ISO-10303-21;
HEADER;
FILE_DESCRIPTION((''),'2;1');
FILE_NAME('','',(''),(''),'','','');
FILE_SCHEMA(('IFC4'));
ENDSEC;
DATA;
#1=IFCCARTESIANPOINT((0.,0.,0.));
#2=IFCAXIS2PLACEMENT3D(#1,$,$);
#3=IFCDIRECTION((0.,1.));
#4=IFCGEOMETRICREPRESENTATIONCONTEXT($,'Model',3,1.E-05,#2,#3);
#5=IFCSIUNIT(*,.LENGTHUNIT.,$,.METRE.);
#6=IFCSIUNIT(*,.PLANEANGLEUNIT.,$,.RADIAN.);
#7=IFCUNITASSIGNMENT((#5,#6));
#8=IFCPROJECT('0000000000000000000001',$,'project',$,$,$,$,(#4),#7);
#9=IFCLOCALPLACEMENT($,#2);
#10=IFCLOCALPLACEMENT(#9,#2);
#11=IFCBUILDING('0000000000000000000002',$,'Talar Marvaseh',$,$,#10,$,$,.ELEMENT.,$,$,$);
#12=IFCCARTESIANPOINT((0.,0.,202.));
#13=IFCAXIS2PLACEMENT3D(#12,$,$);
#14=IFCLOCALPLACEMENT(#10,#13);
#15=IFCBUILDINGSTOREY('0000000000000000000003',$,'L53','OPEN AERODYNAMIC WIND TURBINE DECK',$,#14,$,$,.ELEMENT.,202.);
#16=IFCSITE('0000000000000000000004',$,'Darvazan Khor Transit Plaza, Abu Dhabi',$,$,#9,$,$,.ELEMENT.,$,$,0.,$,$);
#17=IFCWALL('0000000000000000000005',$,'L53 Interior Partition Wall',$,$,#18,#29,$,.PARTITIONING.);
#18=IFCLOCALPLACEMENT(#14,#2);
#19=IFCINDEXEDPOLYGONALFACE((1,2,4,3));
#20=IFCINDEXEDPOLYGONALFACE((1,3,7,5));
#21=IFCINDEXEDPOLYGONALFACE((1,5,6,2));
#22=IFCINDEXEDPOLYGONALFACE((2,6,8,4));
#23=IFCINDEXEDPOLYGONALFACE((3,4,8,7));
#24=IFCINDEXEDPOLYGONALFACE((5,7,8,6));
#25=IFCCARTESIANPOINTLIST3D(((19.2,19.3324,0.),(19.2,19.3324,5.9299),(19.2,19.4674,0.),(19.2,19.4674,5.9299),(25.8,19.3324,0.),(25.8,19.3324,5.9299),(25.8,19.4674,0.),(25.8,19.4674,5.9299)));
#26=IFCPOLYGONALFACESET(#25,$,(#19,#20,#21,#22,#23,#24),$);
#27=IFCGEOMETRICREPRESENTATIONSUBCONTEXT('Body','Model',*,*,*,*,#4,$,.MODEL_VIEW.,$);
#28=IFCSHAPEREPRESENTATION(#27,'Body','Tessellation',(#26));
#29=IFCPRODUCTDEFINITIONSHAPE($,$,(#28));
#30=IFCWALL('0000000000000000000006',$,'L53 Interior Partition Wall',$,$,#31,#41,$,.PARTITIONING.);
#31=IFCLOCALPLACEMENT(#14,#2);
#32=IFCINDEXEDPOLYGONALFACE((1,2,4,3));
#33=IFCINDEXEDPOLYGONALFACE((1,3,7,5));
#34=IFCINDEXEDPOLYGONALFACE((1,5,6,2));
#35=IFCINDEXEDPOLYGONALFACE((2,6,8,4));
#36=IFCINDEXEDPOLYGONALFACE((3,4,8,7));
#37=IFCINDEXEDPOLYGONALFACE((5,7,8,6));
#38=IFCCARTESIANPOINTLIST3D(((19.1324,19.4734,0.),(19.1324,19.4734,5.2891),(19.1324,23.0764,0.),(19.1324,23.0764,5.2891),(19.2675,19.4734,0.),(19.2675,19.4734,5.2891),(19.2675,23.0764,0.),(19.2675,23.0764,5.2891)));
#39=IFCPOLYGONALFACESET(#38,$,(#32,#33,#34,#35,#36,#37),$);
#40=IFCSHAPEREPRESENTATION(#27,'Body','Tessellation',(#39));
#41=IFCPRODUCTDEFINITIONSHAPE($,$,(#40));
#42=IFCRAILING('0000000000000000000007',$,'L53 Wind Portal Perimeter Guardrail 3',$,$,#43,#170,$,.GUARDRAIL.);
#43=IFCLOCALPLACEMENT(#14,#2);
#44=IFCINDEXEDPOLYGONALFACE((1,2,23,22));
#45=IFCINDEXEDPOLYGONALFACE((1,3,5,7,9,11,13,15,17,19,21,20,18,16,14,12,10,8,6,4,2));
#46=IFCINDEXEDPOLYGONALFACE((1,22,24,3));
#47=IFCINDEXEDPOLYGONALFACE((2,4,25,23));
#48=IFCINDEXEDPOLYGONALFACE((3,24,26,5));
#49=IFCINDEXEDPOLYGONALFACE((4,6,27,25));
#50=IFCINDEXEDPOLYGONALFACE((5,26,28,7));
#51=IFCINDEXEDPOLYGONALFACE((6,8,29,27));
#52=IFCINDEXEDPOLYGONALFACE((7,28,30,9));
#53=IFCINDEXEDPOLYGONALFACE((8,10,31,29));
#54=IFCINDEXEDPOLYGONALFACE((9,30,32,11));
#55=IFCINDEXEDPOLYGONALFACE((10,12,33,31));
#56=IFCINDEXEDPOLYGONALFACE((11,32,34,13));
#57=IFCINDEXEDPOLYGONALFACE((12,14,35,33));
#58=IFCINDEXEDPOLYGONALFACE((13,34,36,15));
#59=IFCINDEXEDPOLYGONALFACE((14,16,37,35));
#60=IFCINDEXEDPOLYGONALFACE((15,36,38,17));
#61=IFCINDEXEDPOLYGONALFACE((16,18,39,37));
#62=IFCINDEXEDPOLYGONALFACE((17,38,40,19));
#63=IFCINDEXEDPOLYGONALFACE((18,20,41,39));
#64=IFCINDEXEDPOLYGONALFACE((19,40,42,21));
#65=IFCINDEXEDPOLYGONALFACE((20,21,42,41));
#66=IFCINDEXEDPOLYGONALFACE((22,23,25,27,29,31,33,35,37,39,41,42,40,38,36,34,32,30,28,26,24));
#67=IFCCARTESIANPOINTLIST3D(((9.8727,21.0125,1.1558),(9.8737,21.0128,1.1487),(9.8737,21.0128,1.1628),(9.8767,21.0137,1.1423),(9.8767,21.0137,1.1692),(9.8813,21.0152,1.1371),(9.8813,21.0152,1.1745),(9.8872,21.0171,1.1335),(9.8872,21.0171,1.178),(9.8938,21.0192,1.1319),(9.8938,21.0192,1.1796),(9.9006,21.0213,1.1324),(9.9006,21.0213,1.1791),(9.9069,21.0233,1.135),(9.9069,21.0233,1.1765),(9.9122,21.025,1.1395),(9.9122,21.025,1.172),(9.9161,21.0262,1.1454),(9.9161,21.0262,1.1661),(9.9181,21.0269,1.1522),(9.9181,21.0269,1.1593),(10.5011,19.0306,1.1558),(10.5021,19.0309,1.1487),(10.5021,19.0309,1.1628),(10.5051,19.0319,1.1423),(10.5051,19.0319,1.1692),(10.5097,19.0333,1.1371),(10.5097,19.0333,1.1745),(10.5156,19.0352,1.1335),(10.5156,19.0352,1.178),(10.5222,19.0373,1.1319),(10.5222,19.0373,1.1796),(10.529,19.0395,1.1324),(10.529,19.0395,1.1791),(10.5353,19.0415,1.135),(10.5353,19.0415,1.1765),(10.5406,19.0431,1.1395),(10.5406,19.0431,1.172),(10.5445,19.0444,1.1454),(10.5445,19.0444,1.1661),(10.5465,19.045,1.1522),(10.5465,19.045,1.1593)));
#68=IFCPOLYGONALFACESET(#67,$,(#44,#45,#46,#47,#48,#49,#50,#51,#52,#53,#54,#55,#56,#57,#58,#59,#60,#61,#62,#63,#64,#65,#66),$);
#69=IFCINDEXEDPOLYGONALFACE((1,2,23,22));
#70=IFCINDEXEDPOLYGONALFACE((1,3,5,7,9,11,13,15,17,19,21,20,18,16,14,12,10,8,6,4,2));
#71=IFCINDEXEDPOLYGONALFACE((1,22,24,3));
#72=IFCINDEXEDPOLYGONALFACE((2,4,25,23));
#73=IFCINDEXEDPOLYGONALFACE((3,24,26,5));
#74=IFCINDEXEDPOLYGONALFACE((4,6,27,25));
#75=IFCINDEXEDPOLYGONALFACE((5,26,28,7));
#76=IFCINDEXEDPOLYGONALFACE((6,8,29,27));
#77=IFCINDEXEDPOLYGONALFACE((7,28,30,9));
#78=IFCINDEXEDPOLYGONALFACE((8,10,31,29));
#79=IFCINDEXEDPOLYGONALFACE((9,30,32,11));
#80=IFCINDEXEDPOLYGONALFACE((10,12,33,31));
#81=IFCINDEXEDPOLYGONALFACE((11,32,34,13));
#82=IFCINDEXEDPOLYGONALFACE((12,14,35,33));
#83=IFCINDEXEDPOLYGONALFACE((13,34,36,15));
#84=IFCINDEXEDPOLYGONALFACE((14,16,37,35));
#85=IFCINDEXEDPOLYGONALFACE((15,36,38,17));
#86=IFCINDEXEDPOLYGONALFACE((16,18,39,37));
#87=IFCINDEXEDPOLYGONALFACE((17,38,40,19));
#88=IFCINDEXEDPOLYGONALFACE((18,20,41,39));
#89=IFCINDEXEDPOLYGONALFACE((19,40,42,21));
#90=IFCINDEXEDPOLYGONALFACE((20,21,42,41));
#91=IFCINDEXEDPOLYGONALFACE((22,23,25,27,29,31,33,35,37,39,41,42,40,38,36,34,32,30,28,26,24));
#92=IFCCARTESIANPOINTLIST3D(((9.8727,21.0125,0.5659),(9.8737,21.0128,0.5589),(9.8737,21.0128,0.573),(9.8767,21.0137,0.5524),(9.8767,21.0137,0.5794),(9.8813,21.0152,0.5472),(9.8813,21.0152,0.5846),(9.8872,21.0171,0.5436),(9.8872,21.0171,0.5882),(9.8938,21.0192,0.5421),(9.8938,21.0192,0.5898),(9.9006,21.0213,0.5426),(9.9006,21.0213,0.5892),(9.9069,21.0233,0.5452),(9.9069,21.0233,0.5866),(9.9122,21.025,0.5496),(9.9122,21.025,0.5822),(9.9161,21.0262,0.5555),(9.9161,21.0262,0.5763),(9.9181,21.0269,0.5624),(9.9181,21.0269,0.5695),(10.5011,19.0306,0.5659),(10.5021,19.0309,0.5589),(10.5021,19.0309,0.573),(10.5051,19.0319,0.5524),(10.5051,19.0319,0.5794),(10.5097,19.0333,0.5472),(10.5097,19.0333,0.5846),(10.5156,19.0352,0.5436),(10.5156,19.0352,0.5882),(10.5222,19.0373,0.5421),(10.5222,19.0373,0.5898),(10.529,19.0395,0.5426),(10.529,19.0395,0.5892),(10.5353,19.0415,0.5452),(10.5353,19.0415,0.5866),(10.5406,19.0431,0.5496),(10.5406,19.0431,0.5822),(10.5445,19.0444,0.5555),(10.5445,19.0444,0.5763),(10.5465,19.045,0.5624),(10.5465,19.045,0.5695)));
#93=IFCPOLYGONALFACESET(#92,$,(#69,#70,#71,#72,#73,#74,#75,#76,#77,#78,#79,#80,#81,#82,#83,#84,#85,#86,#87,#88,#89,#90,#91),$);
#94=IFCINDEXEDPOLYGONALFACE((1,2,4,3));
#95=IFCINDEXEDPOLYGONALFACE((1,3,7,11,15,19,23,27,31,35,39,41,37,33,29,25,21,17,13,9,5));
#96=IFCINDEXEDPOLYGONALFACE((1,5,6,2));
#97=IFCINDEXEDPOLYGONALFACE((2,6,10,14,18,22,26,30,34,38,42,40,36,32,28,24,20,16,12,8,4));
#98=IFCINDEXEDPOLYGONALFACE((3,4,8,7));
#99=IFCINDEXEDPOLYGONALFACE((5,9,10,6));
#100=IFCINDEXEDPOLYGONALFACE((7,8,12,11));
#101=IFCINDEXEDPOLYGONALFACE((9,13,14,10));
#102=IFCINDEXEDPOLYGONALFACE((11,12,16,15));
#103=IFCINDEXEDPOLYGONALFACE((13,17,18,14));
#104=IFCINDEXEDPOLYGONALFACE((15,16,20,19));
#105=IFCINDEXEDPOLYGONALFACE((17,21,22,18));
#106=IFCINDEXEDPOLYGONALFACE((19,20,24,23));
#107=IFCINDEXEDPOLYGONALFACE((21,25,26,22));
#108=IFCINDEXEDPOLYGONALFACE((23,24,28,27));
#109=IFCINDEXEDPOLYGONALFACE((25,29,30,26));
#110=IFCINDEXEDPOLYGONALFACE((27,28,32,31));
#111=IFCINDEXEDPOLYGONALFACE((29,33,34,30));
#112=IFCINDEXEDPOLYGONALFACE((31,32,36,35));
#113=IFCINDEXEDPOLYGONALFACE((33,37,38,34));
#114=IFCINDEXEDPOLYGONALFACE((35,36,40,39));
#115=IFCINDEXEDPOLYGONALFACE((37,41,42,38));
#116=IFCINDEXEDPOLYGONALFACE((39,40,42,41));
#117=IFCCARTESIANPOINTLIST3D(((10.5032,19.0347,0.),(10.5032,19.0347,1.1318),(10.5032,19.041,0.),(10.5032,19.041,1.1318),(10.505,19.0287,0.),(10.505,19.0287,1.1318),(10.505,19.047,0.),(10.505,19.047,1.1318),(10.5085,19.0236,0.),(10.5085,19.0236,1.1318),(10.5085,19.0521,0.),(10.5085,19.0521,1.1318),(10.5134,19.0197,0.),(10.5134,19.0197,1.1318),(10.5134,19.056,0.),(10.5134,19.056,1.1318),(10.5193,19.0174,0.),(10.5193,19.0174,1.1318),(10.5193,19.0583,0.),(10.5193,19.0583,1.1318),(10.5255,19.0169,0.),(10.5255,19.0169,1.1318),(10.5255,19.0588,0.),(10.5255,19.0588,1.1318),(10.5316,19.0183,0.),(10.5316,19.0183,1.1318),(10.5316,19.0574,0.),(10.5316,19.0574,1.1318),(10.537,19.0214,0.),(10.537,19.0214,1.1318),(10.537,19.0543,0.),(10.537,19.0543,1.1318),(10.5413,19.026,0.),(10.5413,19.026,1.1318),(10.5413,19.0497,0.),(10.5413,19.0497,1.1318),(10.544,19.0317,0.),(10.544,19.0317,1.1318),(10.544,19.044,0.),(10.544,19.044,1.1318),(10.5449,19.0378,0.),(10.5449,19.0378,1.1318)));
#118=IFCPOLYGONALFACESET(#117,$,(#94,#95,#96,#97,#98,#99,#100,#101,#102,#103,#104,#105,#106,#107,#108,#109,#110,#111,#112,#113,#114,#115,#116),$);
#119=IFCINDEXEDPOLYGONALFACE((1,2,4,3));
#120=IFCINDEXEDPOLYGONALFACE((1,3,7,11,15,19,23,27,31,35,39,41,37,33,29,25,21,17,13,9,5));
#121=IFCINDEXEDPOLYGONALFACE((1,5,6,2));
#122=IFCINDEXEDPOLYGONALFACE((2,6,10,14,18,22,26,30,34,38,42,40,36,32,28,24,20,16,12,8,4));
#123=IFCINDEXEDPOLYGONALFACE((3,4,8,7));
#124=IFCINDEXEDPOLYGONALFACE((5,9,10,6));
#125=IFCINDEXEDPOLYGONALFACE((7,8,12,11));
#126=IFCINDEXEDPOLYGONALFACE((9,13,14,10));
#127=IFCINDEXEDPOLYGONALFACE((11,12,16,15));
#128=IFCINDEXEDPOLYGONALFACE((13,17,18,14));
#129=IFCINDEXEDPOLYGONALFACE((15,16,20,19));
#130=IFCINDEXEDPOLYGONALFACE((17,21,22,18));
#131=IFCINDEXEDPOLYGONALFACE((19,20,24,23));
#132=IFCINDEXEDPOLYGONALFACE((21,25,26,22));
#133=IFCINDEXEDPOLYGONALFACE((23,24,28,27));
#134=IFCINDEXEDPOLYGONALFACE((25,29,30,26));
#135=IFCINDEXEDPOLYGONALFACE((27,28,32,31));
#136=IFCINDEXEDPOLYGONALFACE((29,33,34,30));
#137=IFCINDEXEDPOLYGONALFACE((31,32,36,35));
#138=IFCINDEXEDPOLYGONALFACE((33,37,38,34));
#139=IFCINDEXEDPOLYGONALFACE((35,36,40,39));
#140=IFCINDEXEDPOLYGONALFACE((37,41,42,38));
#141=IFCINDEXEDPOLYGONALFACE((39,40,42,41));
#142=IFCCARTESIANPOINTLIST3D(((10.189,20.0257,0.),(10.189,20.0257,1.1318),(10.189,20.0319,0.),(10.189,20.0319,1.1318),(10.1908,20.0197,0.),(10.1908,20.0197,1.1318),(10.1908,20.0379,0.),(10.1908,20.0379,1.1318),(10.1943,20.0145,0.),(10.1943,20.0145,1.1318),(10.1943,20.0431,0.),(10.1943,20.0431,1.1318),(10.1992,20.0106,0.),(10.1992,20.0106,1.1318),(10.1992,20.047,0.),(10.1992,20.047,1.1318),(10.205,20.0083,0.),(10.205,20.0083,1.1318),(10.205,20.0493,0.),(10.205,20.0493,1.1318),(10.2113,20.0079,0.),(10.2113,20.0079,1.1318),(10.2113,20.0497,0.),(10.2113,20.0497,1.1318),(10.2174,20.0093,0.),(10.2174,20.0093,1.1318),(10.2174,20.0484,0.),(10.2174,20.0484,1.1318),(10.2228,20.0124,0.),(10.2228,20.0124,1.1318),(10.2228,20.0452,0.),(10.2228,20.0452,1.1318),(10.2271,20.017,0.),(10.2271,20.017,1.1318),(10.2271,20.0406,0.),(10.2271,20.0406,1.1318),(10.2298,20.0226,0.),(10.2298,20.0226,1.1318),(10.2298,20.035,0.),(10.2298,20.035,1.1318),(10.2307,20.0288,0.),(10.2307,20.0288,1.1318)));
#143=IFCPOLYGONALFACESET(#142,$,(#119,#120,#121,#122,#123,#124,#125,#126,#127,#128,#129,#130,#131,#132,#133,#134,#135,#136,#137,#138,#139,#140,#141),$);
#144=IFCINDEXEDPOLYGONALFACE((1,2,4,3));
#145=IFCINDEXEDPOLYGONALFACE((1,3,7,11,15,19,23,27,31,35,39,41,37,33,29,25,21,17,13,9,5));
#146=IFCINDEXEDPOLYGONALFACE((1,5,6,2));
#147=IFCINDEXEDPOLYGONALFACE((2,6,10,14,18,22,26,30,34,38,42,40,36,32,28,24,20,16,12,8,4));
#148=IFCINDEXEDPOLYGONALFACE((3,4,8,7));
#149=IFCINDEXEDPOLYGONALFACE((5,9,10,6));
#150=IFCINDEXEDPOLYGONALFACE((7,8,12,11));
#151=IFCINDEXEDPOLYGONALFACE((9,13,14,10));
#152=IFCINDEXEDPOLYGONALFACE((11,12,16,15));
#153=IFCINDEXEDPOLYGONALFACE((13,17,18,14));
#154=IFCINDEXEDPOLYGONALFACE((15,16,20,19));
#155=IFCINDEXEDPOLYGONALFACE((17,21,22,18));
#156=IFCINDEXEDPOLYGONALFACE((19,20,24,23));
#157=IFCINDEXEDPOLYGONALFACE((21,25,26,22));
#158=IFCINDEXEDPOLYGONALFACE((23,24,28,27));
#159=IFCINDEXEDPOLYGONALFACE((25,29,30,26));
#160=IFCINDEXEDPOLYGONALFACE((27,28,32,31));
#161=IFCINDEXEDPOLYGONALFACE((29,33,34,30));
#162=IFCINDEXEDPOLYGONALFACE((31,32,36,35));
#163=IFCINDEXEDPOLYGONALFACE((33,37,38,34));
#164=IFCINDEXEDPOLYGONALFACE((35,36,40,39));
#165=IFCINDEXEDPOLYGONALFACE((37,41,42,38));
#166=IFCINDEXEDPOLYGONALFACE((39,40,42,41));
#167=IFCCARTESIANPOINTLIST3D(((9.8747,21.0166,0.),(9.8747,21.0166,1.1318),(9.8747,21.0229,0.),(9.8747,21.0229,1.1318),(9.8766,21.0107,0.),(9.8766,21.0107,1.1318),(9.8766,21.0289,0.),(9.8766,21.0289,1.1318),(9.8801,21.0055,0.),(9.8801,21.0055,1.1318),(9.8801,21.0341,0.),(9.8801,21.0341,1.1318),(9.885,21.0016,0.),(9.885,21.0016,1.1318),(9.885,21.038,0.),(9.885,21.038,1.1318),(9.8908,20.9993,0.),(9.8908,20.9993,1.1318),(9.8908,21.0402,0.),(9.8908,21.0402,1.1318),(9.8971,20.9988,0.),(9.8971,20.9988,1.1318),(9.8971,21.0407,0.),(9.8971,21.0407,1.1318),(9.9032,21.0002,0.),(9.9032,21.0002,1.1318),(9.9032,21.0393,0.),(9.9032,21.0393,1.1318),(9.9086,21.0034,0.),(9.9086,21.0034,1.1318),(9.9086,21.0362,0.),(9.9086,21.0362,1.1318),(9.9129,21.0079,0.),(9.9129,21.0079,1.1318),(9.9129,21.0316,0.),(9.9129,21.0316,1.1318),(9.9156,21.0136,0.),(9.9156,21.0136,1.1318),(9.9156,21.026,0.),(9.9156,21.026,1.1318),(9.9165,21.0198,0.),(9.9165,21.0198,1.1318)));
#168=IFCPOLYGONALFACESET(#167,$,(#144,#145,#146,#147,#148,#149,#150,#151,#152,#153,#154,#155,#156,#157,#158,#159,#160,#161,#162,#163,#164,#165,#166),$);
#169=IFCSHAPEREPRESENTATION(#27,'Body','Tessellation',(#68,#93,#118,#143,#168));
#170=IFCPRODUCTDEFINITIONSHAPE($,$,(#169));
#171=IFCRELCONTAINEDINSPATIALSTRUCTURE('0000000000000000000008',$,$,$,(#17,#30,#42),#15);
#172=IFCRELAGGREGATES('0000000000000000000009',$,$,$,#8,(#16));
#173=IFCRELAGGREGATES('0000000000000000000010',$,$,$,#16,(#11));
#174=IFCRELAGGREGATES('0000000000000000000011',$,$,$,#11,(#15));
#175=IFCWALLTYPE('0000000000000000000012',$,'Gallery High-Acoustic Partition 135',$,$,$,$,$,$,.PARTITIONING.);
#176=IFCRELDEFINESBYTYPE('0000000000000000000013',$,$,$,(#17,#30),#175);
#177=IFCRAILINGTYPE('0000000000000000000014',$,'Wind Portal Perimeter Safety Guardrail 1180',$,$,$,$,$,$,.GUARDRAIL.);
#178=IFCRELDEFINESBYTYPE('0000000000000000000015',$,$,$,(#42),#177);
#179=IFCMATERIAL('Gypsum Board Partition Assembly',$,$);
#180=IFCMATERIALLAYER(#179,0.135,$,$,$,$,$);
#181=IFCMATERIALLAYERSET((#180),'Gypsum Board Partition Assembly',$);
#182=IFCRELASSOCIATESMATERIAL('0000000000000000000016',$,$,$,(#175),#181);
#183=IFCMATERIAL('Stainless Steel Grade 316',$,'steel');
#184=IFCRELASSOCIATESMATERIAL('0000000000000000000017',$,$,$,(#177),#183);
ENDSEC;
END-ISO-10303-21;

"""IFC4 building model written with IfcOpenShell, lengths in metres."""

from ifc_helpers import new_model, si_unit, direction, frame, frame_2d, origin, origin_2d, place, context, subcontext, project, spatial, rectangle, circle, extrude, material, layer, layer_set, type_object, element, save


model = new_model("IFC4")

# Units and contexts
model_context = context("Model", 3, precision=1e-05, world=origin(), true_north=direction((0.0, 1.0)))
body_context = subcontext(model_context, "Body", "Model", "MODEL_VIEW")
ifc_project = project(units=[si_unit("LENGTHUNIT", "METRE"), si_unit("PLANEANGLEUNIT", "RADIAN")], contexts=[model_context])

# Site, building, storey
site_placement = place(None, origin())
site = spatial("IfcSite", under=ifc_project, at=site_placement, Name="Darvazan Khor Transit Plaza, Abu Dhabi", CompositionType="ELEMENT", RefElevation=0.0)
building_placement = place(site_placement, origin())
building = spatial("IfcBuilding", under=site, at=building_placement, Name="Talar Marvaseh", CompositionType="ELEMENT")
storey_placement = place(building_placement, frame((0.0, 0.0, 202.0)))
storey = spatial("IfcBuildingStorey", under=building, at=storey_placement, Name="L53", Description="OPEN AERODYNAMIC WIND TURBINE DECK", CompositionType="ELEMENT", Elevation=202.0)

# Walls
ifc_material_1 = material(Name="Gypsum Board Partition Assembly")
ifc_layer_1 = layer(ifc_material_1, 0.135)
ifc_layer_set_1 = layer_set([ifc_layer_1], Name="Gypsum Board Partition Assembly")
wall_type = type_object("IfcWallType", Name="Gallery High-Acoustic Partition 135", PredefinedType="PARTITIONING", material=ifc_layer_set_1)
wall_1_placement = place(storey_placement, frame((19.2, 19.3999, 0.0), z_axis=(0.0, 0.0, 1.0), x_axis=(1.0, 0.0, 0.0)))
element("IfcWall", 1, at=wall_1_placement, inside=storey, type_object=wall_type, Name="L53 Interior Partition Wall", PredefinedType="PARTITIONING", context=body_context, shape_type="SweptSolid", body=[
    extrude(rectangle(XDim=6.6001, YDim=0.135, at=frame_2d((3.3, 0.0))), origin(), (0.0, 0.0, 1.0), 5.9299),
])
wall_2_placement = place(storey_placement, frame((19.2, 19.4734, 0.0), z_axis=(0.0, 0.0, 1.0), x_axis=(0.0, 1.0, 0.0)))
element("IfcWall", 2, at=wall_2_placement, inside=storey, type_object=wall_type, Name="L53 Interior Partition Wall", PredefinedType="PARTITIONING", context=body_context, shape_type="SweptSolid", body=[
    extrude(rectangle(XDim=3.603, YDim=0.135, at=frame_2d((1.8015, 0.0))), origin(), (0.0, 0.0, 1.0), 5.2891),
])

# Railing
ifc_material_2 = material(Name="Stainless Steel Grade 316", Category="steel")
railing_type = type_object("IfcRailingType", Name="Wind Portal Perimeter Safety Guardrail 1180", PredefinedType="GUARDRAIL", material=ifc_material_2)
railing_1_placement = place(storey_placement, frame((10.5239, 19.0378, 0.0)))
element("IfcRailing", 3, at=railing_1_placement, inside=storey, type_object=railing_type, Name="L53 Wind Portal Perimeter Guardrail 3", PredefinedType="GUARDRAIL", context=body_context, shape_type="SweptSolid", body=[
    extrude(circle(Radius=0.0239, at=origin_2d()), frame((0.0, 0.0, 1.1558), z_axis=(-0.302244, 0.953231, 0.0), x_axis=(-0.953231, -0.302244, 0.0)), (0.0, 0.0, 1.0), 2.0791),
    extrude(circle(Radius=0.0239, at=origin_2d()), frame((0.0, 0.0, 0.5659), z_axis=(-0.302244, 0.953231, 0.0), x_axis=(-0.953231, -0.302244, 0.0)), (0.0, 0.0, 1.0), 2.0791),
    extrude(circle(Radius=0.021, at=origin_2d()), origin(), (0.0, 0.0, 1.0), 1.1318),
    extrude(circle(Radius=0.021, at=origin_2d()), frame((-0.3142, 0.991, 0.0)), (0.0, 0.0, 1.0), 1.1318),
    extrude(circle(Radius=0.021, at=origin_2d()), frame((-0.6284, 1.9819, 0.0)), (0.0, 0.0, 1.0), 1.1318),
])

save(model, "model.ifc")
